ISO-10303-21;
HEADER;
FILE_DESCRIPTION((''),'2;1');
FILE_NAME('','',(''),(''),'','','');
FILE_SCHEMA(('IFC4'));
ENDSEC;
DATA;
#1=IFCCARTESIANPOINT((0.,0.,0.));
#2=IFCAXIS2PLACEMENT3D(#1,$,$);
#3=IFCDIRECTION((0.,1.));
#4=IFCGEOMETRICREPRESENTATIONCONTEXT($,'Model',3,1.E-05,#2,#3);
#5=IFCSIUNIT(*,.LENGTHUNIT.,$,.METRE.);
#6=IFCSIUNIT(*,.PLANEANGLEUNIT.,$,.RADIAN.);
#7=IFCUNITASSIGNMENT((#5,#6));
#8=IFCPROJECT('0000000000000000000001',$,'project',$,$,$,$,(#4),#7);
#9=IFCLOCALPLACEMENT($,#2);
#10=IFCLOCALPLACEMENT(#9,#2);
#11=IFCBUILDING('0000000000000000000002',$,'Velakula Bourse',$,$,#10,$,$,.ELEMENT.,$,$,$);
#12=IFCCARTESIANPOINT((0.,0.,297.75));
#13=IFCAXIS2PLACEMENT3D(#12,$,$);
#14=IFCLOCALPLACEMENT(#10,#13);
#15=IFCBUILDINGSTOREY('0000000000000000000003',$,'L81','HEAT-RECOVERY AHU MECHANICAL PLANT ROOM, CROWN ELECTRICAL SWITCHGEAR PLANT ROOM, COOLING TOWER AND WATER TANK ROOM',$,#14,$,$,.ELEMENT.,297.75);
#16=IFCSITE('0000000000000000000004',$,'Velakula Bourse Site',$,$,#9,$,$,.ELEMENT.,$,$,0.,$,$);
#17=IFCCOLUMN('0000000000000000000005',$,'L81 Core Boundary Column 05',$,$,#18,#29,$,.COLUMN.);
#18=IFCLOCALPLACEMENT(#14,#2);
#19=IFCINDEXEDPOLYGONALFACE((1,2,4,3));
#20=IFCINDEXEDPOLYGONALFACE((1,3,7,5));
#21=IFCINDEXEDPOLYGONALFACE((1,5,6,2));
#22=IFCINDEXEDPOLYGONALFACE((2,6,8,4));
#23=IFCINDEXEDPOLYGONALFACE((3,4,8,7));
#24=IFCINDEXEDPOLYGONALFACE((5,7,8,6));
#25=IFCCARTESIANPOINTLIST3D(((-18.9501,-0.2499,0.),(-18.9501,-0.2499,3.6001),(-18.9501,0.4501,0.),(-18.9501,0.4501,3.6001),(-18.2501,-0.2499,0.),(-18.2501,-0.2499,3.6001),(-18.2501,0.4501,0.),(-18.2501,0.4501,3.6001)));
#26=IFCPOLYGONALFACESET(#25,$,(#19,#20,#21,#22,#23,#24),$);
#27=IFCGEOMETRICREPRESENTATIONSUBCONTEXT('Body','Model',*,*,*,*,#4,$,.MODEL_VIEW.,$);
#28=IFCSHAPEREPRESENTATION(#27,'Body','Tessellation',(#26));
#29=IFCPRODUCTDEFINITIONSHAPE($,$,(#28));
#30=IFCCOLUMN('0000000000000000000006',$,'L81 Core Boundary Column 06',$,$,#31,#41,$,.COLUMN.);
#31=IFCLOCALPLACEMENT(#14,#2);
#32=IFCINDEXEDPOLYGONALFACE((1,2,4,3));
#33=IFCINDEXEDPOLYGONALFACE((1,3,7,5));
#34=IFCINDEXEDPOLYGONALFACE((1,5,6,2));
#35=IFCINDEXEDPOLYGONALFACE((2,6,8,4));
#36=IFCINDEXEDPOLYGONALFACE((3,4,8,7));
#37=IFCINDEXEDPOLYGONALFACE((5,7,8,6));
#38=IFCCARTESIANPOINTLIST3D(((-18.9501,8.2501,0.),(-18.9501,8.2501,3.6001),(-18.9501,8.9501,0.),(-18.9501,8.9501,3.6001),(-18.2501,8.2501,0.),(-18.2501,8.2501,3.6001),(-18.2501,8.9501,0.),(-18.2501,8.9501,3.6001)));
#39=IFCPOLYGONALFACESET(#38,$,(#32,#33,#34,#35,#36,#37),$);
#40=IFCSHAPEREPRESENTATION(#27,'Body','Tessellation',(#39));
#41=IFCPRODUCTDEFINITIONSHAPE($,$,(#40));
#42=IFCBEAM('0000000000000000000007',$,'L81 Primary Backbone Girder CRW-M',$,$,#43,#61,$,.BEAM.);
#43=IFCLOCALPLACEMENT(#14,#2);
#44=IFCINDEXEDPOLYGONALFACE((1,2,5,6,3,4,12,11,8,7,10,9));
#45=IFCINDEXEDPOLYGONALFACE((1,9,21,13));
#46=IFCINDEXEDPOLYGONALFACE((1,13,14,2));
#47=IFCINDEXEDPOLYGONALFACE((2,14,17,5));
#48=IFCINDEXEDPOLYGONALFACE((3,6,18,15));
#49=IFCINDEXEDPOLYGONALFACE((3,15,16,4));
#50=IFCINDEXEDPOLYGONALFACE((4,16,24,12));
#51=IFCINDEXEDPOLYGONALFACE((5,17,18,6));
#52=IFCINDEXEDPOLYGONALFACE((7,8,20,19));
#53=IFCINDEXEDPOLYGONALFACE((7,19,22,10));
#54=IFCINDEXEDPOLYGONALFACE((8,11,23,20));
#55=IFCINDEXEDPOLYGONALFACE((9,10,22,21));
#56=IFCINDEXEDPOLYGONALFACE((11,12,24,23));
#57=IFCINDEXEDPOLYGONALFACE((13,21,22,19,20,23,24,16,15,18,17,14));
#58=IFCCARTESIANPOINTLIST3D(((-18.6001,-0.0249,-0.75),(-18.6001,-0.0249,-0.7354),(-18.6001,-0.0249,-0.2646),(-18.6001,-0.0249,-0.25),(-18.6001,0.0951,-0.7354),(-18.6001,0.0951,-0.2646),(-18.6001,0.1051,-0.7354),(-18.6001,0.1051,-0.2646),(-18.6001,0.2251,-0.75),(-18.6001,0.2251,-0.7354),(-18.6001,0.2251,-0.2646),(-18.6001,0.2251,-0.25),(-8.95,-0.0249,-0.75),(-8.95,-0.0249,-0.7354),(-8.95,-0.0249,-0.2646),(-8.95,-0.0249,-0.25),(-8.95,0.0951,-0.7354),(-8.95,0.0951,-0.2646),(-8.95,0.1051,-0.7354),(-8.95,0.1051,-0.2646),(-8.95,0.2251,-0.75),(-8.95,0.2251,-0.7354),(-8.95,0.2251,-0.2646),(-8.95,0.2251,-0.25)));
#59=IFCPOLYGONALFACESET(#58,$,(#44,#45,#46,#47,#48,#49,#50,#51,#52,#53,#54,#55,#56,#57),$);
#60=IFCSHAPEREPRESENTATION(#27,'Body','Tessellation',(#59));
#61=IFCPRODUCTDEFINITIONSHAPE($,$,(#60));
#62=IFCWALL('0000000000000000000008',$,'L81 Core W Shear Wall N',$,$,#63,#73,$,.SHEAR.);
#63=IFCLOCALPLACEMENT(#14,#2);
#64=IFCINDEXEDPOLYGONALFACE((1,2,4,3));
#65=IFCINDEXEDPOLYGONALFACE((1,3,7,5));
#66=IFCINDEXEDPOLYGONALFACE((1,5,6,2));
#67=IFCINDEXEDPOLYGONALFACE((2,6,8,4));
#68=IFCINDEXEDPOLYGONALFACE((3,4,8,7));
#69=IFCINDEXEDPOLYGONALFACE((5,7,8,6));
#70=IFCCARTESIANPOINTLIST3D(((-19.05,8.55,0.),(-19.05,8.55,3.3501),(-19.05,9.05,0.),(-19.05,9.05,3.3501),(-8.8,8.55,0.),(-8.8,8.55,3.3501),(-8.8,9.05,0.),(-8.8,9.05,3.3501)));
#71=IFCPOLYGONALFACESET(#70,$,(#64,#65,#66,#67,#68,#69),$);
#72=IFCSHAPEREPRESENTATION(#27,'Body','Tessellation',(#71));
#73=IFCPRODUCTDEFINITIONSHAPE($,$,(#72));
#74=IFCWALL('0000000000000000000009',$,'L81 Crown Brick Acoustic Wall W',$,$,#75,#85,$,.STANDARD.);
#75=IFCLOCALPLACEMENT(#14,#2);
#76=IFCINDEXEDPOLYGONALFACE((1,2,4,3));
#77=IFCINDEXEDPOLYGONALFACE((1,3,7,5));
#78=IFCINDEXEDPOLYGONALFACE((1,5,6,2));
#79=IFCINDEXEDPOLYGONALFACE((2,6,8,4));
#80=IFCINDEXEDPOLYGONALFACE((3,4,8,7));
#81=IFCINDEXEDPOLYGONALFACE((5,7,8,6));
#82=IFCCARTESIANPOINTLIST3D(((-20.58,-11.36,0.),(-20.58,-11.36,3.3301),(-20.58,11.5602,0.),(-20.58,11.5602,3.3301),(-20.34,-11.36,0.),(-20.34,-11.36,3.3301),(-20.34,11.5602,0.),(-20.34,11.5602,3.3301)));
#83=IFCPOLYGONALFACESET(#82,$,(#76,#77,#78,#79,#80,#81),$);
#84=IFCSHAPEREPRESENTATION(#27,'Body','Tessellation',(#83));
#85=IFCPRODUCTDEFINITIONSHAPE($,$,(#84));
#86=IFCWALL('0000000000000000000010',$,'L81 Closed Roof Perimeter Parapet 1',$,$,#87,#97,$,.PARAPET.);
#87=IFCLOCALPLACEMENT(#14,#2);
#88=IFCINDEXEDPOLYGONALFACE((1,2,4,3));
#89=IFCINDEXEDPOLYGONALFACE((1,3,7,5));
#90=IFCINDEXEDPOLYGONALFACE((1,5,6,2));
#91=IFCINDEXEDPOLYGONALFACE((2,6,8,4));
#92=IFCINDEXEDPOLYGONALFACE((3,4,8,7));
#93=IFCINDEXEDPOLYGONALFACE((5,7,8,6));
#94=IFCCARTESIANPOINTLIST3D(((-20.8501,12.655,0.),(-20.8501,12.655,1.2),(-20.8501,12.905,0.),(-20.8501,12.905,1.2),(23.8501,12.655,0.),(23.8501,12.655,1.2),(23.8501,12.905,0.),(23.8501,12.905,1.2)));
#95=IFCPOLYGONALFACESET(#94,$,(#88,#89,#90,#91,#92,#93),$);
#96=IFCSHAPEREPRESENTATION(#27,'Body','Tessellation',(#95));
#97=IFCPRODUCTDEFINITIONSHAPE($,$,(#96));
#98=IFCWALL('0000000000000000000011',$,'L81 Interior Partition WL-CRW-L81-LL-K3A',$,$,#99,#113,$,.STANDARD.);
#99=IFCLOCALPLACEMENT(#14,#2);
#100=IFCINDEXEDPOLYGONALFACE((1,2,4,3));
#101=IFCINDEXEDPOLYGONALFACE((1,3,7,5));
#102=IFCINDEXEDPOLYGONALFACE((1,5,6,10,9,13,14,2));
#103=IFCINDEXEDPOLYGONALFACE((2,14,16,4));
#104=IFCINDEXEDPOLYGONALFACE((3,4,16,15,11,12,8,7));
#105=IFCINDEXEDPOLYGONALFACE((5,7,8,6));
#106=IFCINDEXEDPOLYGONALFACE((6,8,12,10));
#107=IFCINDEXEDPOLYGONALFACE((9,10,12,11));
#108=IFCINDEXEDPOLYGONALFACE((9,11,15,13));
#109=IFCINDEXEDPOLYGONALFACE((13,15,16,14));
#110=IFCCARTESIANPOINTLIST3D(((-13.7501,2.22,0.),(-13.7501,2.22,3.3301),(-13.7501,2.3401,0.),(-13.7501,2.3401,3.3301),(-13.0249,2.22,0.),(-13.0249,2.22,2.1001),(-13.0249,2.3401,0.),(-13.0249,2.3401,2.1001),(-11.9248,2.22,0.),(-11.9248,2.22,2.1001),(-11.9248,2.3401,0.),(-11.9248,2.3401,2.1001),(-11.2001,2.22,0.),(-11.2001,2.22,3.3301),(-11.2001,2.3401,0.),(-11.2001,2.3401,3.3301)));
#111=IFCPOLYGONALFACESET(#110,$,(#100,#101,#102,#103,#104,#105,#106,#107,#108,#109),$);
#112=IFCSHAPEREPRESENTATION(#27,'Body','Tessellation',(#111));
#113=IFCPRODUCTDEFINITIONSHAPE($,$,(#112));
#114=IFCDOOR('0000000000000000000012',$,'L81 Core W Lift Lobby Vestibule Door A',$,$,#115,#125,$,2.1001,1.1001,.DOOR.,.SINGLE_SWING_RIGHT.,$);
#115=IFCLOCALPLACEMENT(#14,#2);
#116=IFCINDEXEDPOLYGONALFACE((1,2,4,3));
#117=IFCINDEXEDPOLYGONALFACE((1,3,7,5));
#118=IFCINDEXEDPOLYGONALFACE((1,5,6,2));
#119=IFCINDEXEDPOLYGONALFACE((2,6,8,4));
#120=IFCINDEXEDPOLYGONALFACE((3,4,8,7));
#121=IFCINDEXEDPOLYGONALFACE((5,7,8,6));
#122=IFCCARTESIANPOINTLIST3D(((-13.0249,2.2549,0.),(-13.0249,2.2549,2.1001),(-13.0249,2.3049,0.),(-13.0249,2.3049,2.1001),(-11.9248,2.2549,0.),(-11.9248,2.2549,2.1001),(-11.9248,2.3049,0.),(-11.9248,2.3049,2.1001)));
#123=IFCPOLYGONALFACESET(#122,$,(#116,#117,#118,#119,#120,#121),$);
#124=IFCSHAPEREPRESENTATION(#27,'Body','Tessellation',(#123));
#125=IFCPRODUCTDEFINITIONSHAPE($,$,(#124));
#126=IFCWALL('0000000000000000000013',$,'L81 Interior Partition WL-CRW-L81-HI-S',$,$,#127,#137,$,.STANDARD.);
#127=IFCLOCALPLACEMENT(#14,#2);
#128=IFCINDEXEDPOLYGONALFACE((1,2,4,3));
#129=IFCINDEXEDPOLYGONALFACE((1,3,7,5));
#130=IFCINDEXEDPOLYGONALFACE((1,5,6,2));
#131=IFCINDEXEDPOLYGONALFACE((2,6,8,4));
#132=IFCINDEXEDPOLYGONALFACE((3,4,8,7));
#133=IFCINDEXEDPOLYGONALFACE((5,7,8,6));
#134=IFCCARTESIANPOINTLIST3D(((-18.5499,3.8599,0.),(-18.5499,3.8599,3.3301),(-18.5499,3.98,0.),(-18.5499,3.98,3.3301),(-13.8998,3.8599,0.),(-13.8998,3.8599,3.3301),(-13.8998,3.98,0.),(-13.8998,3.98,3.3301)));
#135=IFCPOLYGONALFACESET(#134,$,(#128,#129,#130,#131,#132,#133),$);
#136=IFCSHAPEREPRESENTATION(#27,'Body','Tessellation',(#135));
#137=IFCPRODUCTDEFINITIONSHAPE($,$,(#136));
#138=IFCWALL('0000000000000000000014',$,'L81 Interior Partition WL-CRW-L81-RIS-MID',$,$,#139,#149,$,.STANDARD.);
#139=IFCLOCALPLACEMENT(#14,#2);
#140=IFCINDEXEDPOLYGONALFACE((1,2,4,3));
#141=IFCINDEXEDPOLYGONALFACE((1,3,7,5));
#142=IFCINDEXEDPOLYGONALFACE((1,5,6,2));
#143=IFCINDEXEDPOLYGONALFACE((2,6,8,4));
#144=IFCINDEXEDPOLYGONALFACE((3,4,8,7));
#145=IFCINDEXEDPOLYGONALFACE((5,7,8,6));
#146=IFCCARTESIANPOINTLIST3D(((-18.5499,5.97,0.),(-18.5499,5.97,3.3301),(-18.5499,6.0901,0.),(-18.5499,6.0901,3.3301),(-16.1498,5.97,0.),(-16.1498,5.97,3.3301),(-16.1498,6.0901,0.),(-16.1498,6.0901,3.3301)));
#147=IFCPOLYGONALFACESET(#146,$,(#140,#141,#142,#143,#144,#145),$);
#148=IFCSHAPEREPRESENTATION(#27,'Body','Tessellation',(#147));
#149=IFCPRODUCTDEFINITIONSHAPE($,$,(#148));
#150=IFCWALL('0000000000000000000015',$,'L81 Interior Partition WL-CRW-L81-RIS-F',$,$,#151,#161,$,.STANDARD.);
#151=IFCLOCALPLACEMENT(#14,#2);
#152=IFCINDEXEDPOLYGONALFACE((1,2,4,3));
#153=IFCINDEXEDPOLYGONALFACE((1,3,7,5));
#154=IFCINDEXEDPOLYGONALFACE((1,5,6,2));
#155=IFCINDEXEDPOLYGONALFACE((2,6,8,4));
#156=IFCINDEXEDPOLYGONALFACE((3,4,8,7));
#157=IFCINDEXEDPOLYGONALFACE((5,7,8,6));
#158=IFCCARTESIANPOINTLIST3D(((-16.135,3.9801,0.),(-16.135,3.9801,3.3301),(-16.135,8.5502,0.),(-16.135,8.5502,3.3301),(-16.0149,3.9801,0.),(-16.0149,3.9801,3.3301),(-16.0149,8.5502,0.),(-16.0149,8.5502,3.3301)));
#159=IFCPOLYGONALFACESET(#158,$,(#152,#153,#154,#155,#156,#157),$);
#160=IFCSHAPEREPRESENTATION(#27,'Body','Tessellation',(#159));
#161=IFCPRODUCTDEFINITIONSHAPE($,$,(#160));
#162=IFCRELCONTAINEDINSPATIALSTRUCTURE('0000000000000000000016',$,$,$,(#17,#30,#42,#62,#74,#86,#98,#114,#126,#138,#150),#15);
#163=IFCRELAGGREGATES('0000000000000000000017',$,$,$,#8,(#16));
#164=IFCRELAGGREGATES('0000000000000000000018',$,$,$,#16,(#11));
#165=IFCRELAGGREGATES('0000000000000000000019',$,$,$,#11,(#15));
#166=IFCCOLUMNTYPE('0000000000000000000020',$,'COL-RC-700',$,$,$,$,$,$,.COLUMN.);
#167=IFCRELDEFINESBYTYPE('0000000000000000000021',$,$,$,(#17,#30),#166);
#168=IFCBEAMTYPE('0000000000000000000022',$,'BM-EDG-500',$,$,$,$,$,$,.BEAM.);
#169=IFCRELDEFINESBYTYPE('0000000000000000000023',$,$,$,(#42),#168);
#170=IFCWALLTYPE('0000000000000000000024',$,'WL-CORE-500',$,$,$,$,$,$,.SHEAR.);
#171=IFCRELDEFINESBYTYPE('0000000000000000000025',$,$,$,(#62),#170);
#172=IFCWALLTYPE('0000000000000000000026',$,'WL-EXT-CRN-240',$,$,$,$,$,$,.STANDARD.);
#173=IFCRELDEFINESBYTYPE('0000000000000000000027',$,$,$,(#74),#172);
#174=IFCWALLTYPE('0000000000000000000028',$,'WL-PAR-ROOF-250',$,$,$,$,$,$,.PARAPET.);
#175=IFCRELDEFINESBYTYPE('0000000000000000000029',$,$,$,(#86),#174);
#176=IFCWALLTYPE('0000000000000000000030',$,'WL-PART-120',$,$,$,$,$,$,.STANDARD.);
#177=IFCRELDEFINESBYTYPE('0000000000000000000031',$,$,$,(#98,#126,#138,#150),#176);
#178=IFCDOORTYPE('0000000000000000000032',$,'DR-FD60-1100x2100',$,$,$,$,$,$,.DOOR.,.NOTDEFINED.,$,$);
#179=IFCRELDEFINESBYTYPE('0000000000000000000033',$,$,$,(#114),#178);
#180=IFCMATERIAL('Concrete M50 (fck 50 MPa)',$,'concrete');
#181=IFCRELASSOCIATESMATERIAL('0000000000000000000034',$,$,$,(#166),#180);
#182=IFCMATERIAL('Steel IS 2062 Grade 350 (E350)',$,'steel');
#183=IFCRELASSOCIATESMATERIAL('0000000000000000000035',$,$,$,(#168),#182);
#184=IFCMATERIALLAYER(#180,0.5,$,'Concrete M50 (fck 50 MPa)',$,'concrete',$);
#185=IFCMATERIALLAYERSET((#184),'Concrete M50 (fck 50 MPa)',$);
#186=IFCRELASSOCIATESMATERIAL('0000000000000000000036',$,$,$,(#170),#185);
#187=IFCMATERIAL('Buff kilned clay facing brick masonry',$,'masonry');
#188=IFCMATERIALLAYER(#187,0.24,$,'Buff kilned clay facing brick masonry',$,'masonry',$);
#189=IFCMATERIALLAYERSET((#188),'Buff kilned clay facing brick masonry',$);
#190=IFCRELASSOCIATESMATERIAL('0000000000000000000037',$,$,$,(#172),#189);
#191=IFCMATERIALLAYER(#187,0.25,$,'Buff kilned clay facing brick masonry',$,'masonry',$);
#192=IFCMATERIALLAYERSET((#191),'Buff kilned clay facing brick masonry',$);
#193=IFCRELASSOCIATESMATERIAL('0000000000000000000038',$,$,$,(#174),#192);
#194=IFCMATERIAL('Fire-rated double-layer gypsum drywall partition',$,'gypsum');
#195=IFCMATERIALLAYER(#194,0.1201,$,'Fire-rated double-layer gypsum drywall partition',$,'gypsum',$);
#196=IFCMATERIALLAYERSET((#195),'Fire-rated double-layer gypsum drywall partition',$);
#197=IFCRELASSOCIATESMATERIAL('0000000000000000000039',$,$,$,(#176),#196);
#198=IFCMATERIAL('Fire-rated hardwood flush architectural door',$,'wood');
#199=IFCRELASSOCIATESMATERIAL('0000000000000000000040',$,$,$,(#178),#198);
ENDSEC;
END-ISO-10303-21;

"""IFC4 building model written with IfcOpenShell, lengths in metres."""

from ifc_helpers import new_model, si_unit, direction, frame, frame_2d, origin, origin_2d, place, context, subcontext, project, spatial, rectangle, i_section, extrude, material, layer, layer_set, material_profile, profile_set, type_object, element, fill, save


model = new_model("IFC4")

# Units and contexts
model_context = context("Model", 3, precision=1e-05, world=origin(), true_north=direction((0.0, 1.0)))
body_context = subcontext(model_context, "Body", "Model", "MODEL_VIEW")
ifc_project = project(units=[si_unit("LENGTHUNIT", "METRE"), si_unit("PLANEANGLEUNIT", "RADIAN")], contexts=[model_context])

# Site, building, storey
site_placement = place(None, origin())
site = spatial("IfcSite", under=ifc_project, at=site_placement, Name="Velakula Bourse Site", CompositionType="ELEMENT", RefElevation=0.0)
building_placement = place(site_placement, origin())
building = spatial("IfcBuilding", under=site, at=building_placement, Name="Velakula Bourse", CompositionType="ELEMENT")
storey_placement = place(building_placement, frame((0.0, 0.0, 297.75)))
storey = spatial("IfcBuildingStorey", under=building, at=storey_placement, Name="L81", Description="HEAT-RECOVERY AHU MECHANICAL PLANT ROOM, CROWN ELECTRICAL SWITCHGEAR PLANT ROOM, COOLING TOWER AND WATER TANK ROOM", CompositionType="ELEMENT", Elevation=297.75)

# Columns
ifc_material_1 = material(Name="Concrete M50 (fck 50 MPa)", Category="concrete")
ifc_material_profile_1 = material_profile(ifc_material_1, rectangle(XDim=0.7, YDim=0.7, at=origin_2d()), Name="Concrete M50 (fck 50 MPa)")
ifc_profile_set_1 = profile_set([ifc_material_profile_1], Name="Concrete M50 (fck 50 MPa)")
column_type = type_object("IfcColumnType", Name="COL-RC-700", PredefinedType="COLUMN", material=ifc_profile_set_1)
for number, where, z_axis, x_axis, name in (
    (1, (-18.6001, 0.1001, 0.0), (0.0, 0.0, 1.0), (1.0, 0.0, 0.0), "L81 Core Boundary Column 05"),
    (2, (-18.6001, 8.6001, 0.0), (0.0, 0.0, 1.0), (1.0, 0.0, 0.0), "L81 Core Boundary Column 06"),
):
    element("IfcColumn", number, at=place(storey_placement, frame(where, z_axis=z_axis, x_axis=x_axis)), inside=storey, type_object=column_type, Name=name, PredefinedType="COLUMN", context=body_context, shape_type="SweptSolid", body=[
        extrude(rectangle(XDim=0.7, YDim=0.7, at=origin_2d()), origin(), (0.0, 0.0, 1.0), 3.6001),
    ])

# Beam
ifc_material_2 = material(Name="Steel IS 2062 Grade 350 (E350)", Category="steel")
ifc_material_profile_2 = material_profile(ifc_material_2, i_section(OverallWidth=0.25, OverallDepth=0.5, WebThickness=0.01, FlangeThickness=0.0146, at=origin_2d()), Name="Steel IS 2062 Grade 350 (E350)")
ifc_profile_set_2 = profile_set([ifc_material_profile_2], Name="Steel IS 2062 Grade 350 (E350)")
beam_type = type_object("IfcBeamType", Name="BM-EDG-500", PredefinedType="BEAM", material=ifc_profile_set_2)
beam_placement = place(storey_placement, frame((-18.6001, 0.1001, -0.5), z_axis=(1.0, 0.0, 0.0), x_axis=(0.0, 1.0, 0.0)))
element("IfcBeam", 3, at=beam_placement, inside=storey, type_object=beam_type, Name="L81 Primary Backbone Girder CRW-M", PredefinedType="BEAM", context=body_context, shape_type="SweptSolid", body=[
    extrude(i_section(OverallWidth=0.25, OverallDepth=0.5, WebThickness=0.01, FlangeThickness=0.0146, at=origin_2d()), origin(), (0.0, 0.0, 1.0), 9.6501),
])

# Walls
ifc_layer_1 = layer(ifc_material_1, 0.5, Name="Concrete M50 (fck 50 MPa)", Category="concrete")
ifc_layer_set_1 = layer_set([ifc_layer_1], Name="Concrete M50 (fck 50 MPa)")
wall_type_1 = type_object("IfcWallType", Name="WL-CORE-500", PredefinedType="SHEAR", material=ifc_layer_set_1)
wall_1_placement = place(storey_placement, frame((-19.05, 8.8, 0.0), z_axis=(0.0, 0.0, 1.0), x_axis=(1.0, 0.0, 0.0)))
element("IfcWall", 4, at=wall_1_placement, inside=storey, type_object=wall_type_1, Name="L81 Core W Shear Wall N", PredefinedType="SHEAR", context=body_context, shape_type="SweptSolid", body=[
    extrude(rectangle(XDim=10.25, YDim=0.5, at=frame_2d((5.125, 0.0))), origin(), (0.0, 0.0, 1.0), 3.3501),
])
ifc_material_3 = material(Name="Buff kilned clay facing brick masonry", Category="masonry")
ifc_layer_2 = layer(ifc_material_3, 0.24, Name="Buff kilned clay facing brick masonry", Category="masonry")
ifc_layer_set_2 = layer_set([ifc_layer_2], Name="Buff kilned clay facing brick masonry")
wall_type_2 = type_object("IfcWallType", Name="WL-EXT-CRN-240", PredefinedType="STANDARD", material=ifc_layer_set_2)
wall_2_placement = place(storey_placement, frame((-20.46, 11.5601, 0.0), z_axis=(0.0, 0.0, 1.0), x_axis=(0.0, -1.0, 0.0)))
element("IfcWall", 5, at=wall_2_placement, inside=storey, type_object=wall_type_2, Name="L81 Crown Brick Acoustic Wall W", PredefinedType="STANDARD", context=body_context, shape_type="SweptSolid", body=[
    extrude(rectangle(XDim=22.9202, YDim=0.24, at=frame_2d((11.46, 0.0))), origin(), (0.0, 0.0, 1.0), 3.3301),
])
ifc_layer_3 = layer(ifc_material_3, 0.25, Name="Buff kilned clay facing brick masonry", Category="masonry")
ifc_layer_set_3 = layer_set([ifc_layer_3], Name="Buff kilned clay facing brick masonry")
wall_type_3 = type_object("IfcWallType", Name="WL-PAR-ROOF-250", PredefinedType="PARAPET", material=ifc_layer_set_3)
wall_3_placement = place(storey_placement, frame((-20.8501, 12.78, 0.0), z_axis=(0.0, 0.0, 1.0), x_axis=(1.0, 0.0, 0.0)))
element("IfcWall", 6, at=wall_3_placement, inside=storey, type_object=wall_type_3, Name="L81 Closed Roof Perimeter Parapet 1", PredefinedType="PARAPET", context=body_context, shape_type="SweptSolid", body=[
    extrude(rectangle(XDim=44.7002, YDim=0.25, at=frame_2d((22.3501, 0.0))), origin(), (0.0, 0.0, 1.0), 1.2),
])

# Wall, opening, door
ifc_material_4 = material(Name="Fire-rated double-layer gypsum drywall partition", Category="gypsum")
ifc_layer_4 = layer(ifc_material_4, 0.1201, Name="Fire-rated double-layer gypsum drywall partition", Category="gypsum")
ifc_layer_set_4 = layer_set([ifc_layer_4], Name="Fire-rated double-layer gypsum drywall partition")
wall_type_4 = type_object("IfcWallType", Name="WL-PART-120", PredefinedType="STANDARD", material=ifc_layer_set_4)
wall_4_placement = place(storey_placement, frame((-13.75, 2.28, 0.0), z_axis=(0.0, 0.0, 1.0), x_axis=(1.0, 0.0, 0.0)))
wall_4 = element("IfcWall", 7, at=wall_4_placement, inside=storey, type_object=wall_type_4, Name="L81 Interior Partition WL-CRW-L81-LL-K3A", PredefinedType="STANDARD", context=body_context, shape_type="SweptSolid", body=[
    extrude(rectangle(XDim=2.55, YDim=0.1201, at=frame_2d((1.2749, 0.0))), origin(), (0.0, 0.0, 1.0), 3.3301),
])
opening_1_placement = place(wall_4_placement, frame((0.7251, 0.0, 0.0)))
opening_1 = element("IfcOpeningElement", 8, at=opening_1_placement, cuts=wall_4, PredefinedType="OPENING", context=body_context, shape_type="SweptSolid", body=[
    extrude(rectangle(XDim=1.1001, YDim=2.1001, at=frame_2d((0.55, 1.05))), frame((0.0, 0.0701, 0.0), z_axis=(0.0, -1.0, 0.0), x_axis=(1.0, 0.0, 0.0)), (0.0, 0.0, 1.0), 0.1401),
])
ifc_material_5 = material(Name="Fire-rated hardwood flush architectural door", Category="wood")
door_type_1 = type_object("IfcDoorType", Name="DR-FD60-1100x2100", OperationType="NOTDEFINED", PredefinedType="DOOR", material=ifc_material_5)
door_1_placement = place(opening_1_placement, origin())
door_1 = element("IfcDoor", 9, at=door_1_placement, inside=storey, type_object=door_type_1, Name="L81 Core W Lift Lobby Vestibule Door A", OperationType="SINGLE_SWING_RIGHT", OverallHeight=2.1001, OverallWidth=1.1001, PredefinedType="DOOR", context=body_context, shape_type="SweptSolid", body=[
    extrude(rectangle(XDim=1.1001, YDim=2.1001, at=frame_2d((0.55, 1.05))), frame((0.0, 0.0249, 0.0), z_axis=(0.0, -1.0, 0.0), x_axis=(1.0, 0.0, 0.0)), (0.0, 0.0, 1.0), 0.05),
])
fill(opening_1, door_1)

# Walls
wall_5_placement = place(storey_placement, frame((-18.55, 3.9199, 0.0), z_axis=(0.0, 0.0, 1.0), x_axis=(1.0, 0.0, 0.0)))
element("IfcWall", 10, at=wall_5_placement, inside=storey, type_object=wall_type_4, Name="L81 Interior Partition WL-CRW-L81-HI-S", PredefinedType="STANDARD", context=body_context, shape_type="SweptSolid", body=[
    extrude(rectangle(XDim=4.6501, YDim=0.1201, at=frame_2d((2.3252, 0.0))), origin(), (0.0, 0.0, 1.0), 3.3301),
])
wall_6_placement = place(storey_placement, frame((-18.55, 6.03, 0.0), z_axis=(0.0, 0.0, 1.0), x_axis=(1.0, 0.0, 0.0)))
element("IfcWall", 11, at=wall_6_placement, inside=storey, type_object=wall_type_4, Name="L81 Interior Partition WL-CRW-L81-RIS-MID", PredefinedType="STANDARD", context=body_context, shape_type="SweptSolid", body=[
    extrude(rectangle(XDim=2.4001, YDim=0.1201, at=frame_2d((1.2002, 0.0))), origin(), (0.0, 0.0, 1.0), 3.3301),
])
wall_7_placement = place(storey_placement, frame((-16.075, 3.98, 0.0), z_axis=(0.0, 0.0, 1.0), x_axis=(0.0, 1.0, 0.0)))
element("IfcWall", 12, at=wall_7_placement, inside=storey, type_object=wall_type_4, Name="L81 Interior Partition WL-CRW-L81-RIS-F", PredefinedType="STANDARD", context=body_context, shape_type="SweptSolid", body=[
    extrude(rectangle(XDim=4.5701, YDim=0.1201, at=frame_2d((2.2852, 0.0))), origin(), (0.0, 0.0, 1.0), 3.3301),
])

save(model, "model.ifc")
